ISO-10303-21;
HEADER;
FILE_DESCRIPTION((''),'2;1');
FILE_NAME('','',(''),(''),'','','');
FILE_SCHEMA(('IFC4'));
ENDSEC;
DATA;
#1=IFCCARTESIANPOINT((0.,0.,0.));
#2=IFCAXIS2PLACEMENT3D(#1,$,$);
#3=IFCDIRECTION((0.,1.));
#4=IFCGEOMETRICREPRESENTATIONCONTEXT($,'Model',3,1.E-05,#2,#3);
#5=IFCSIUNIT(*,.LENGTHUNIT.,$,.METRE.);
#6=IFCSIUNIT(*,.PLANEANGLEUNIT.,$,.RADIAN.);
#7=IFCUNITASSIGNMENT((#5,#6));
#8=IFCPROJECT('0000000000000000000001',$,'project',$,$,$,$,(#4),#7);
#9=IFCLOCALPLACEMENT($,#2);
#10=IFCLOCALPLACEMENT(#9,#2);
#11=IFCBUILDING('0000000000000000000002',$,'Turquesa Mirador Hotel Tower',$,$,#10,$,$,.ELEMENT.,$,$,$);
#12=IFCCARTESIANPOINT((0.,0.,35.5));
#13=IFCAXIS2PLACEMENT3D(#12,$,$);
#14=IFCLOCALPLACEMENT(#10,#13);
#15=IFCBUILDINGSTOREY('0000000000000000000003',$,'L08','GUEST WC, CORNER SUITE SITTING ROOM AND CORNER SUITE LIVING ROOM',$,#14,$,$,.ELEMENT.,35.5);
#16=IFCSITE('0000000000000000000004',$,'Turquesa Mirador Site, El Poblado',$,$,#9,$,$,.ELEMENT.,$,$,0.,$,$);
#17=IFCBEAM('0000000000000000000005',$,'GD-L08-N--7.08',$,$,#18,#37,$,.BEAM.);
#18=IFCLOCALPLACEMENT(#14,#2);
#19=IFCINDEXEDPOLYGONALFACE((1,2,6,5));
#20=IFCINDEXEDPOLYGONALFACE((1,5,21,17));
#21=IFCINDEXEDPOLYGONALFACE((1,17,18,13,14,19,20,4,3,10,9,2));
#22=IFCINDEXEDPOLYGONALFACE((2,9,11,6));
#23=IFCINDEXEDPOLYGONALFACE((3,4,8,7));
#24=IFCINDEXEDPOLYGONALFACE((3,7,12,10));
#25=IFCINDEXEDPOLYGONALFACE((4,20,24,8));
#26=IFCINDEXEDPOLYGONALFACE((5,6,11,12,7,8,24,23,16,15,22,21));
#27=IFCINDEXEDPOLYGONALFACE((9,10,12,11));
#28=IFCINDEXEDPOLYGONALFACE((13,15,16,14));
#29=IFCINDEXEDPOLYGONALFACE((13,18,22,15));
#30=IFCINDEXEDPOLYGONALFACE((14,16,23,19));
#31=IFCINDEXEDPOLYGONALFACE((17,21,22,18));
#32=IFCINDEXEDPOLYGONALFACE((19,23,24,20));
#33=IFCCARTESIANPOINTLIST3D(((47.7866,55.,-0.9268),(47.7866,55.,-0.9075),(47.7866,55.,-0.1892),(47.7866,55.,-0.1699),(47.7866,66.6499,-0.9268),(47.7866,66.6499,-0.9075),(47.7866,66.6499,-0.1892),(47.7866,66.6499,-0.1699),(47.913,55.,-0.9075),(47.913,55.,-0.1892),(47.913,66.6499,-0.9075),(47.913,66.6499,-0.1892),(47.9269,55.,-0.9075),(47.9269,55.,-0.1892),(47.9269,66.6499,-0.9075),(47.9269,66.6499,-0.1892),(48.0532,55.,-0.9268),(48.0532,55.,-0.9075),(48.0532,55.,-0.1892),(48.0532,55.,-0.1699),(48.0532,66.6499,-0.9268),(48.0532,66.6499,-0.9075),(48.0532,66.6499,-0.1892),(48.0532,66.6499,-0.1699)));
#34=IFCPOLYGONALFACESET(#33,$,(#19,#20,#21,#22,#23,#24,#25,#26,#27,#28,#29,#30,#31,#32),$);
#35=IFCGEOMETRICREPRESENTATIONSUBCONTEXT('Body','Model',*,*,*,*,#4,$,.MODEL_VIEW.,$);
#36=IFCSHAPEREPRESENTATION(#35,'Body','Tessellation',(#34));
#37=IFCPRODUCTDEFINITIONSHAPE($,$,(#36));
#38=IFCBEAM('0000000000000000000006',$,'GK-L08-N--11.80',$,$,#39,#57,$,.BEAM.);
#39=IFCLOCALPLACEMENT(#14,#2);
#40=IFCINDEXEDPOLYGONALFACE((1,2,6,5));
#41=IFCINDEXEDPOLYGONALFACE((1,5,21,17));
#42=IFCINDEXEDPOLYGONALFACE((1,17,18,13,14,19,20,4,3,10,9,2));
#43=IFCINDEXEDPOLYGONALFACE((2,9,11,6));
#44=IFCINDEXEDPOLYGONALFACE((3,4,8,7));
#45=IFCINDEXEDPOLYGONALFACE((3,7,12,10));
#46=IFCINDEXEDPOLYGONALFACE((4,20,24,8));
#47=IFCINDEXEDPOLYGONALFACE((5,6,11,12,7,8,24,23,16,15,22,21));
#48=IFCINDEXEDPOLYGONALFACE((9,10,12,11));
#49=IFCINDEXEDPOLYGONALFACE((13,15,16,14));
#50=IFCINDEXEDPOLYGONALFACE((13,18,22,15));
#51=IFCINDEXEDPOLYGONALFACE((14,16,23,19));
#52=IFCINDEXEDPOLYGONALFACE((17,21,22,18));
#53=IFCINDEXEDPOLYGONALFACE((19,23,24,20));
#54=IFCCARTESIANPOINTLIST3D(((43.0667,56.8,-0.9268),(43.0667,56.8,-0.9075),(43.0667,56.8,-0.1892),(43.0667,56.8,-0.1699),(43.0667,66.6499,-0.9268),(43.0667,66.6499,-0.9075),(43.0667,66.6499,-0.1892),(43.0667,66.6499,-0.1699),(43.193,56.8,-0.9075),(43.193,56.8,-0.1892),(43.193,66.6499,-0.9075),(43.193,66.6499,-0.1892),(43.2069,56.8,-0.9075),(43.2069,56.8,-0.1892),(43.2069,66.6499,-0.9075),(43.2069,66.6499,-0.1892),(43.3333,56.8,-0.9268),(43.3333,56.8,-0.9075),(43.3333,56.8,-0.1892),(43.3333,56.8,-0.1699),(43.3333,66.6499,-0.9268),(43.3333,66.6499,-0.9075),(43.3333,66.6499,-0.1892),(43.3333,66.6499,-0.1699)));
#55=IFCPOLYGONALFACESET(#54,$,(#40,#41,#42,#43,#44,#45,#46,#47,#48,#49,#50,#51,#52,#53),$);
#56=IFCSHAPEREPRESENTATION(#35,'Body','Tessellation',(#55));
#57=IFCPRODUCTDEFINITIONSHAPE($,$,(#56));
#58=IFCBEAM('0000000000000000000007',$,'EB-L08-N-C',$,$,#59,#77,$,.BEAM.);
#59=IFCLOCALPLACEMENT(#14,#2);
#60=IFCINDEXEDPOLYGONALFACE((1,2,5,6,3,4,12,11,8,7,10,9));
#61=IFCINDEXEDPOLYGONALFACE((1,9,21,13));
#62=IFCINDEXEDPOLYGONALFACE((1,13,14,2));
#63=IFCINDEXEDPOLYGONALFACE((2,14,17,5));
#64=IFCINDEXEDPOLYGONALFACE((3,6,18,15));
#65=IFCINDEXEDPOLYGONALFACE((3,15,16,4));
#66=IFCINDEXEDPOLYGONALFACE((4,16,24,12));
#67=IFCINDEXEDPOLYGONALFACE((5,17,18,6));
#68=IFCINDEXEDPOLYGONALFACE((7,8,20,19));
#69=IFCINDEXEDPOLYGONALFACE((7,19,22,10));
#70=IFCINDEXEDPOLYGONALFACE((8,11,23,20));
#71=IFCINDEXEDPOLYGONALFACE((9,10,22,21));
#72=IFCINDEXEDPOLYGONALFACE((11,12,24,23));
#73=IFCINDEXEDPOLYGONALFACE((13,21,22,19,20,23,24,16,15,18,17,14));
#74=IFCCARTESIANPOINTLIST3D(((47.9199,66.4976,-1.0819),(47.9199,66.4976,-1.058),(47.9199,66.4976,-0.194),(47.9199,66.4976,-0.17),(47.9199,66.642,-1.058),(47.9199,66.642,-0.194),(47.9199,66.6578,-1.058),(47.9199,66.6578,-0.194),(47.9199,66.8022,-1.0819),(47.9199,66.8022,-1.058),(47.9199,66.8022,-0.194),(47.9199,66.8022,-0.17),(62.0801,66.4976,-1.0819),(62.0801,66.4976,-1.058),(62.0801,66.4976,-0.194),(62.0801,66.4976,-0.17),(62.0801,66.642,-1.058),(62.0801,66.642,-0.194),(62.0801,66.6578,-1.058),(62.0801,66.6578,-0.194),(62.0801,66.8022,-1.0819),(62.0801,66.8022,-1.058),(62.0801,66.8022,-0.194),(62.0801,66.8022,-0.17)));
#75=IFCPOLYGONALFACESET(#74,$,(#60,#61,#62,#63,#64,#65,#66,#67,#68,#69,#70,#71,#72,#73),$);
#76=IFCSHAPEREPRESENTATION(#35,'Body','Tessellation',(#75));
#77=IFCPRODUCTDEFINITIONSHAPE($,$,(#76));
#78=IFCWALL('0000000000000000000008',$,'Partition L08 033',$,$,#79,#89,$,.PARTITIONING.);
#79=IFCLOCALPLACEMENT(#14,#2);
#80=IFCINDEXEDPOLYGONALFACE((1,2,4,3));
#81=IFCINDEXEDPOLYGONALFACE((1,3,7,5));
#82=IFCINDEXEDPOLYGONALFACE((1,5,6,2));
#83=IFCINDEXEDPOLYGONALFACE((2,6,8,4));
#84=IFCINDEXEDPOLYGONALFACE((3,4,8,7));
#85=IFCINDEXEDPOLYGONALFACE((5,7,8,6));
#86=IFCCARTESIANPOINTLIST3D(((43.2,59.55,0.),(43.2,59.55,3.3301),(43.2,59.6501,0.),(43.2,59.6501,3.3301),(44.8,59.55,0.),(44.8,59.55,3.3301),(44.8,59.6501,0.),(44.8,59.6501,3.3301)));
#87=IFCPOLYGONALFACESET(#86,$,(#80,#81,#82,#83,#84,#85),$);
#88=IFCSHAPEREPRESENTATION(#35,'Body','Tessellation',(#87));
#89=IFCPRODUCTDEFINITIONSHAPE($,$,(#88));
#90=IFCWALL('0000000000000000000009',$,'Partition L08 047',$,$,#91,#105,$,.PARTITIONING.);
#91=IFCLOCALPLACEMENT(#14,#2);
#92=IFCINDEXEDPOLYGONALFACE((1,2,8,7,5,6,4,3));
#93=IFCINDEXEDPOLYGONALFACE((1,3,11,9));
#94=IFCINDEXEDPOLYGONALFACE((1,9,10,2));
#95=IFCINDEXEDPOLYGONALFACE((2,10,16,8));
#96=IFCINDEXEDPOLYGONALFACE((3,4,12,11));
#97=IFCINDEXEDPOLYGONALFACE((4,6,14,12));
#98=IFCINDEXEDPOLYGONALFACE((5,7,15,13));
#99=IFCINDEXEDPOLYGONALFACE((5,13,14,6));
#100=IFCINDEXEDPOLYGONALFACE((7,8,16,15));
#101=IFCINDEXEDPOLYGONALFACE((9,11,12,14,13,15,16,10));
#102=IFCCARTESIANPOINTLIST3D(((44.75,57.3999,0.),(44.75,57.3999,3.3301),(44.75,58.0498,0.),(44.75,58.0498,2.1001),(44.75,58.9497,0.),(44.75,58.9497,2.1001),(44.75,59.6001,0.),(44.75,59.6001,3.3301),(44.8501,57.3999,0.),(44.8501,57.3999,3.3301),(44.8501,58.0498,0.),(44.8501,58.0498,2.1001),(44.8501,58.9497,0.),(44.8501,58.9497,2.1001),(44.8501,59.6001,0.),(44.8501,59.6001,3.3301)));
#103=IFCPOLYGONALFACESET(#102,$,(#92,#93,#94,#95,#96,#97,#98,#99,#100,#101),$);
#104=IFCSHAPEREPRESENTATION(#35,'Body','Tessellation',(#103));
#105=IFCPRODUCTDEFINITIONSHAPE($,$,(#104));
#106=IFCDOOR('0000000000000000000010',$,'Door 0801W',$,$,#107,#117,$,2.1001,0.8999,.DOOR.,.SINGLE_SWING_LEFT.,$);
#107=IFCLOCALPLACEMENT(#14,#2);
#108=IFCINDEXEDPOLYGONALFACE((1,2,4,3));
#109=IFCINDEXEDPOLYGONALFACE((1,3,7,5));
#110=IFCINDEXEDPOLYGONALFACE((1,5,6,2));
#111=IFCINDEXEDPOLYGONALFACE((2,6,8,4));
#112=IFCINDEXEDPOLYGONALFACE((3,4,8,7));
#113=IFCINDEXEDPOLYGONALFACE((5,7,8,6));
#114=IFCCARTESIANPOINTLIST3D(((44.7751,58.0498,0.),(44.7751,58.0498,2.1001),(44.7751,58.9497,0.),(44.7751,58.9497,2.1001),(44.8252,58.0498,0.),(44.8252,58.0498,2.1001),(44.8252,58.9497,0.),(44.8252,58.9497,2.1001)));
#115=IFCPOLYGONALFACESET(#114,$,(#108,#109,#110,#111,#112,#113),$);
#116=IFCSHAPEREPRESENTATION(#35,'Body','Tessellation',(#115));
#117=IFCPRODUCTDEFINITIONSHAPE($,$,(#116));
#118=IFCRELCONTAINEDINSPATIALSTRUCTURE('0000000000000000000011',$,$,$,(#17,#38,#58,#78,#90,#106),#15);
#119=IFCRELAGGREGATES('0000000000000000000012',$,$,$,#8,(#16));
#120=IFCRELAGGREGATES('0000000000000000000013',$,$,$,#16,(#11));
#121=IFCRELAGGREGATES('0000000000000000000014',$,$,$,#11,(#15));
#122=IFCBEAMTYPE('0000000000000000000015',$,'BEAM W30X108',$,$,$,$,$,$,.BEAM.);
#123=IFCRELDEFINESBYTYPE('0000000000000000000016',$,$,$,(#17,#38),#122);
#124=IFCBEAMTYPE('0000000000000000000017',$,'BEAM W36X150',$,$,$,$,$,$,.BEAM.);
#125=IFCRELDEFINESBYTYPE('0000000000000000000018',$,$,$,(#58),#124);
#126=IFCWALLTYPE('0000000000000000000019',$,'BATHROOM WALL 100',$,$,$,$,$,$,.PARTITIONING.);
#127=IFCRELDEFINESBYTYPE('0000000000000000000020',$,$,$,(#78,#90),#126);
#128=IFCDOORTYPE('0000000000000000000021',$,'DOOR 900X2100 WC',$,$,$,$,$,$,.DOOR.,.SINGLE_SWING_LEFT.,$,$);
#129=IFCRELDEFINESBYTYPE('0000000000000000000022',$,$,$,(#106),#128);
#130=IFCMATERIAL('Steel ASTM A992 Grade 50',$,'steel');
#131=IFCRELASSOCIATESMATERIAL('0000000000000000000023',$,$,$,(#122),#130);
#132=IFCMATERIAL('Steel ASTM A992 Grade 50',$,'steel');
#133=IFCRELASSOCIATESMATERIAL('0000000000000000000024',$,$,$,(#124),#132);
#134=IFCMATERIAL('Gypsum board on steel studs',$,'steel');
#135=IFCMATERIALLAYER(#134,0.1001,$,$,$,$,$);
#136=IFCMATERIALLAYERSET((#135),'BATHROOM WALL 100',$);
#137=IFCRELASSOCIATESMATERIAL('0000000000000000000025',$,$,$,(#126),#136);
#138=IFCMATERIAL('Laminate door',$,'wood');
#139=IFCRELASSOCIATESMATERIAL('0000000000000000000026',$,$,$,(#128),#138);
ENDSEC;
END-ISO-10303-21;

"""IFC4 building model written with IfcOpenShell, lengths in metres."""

from ifc_helpers import new_model, si_unit, direction, frame, frame_2d, origin, origin_2d, place, context, subcontext, project, spatial, rectangle, i_section, extrude, material, layer, layer_set, material_profile, profile_set, type_object, element, fill, save


model = new_model("IFC4")

# Units and contexts
model_context = context("Model", 3, precision=1e-05, world=origin(), true_north=direction((0.0, 1.0)))
body_context = subcontext(model_context, "Body", "Model", "MODEL_VIEW")
ifc_project = project(units=[si_unit("LENGTHUNIT", "METRE"), si_unit("PLANEANGLEUNIT", "RADIAN")], contexts=[model_context])

# Site, building, storey
site_placement = place(None, origin())
site = spatial("IfcSite", under=ifc_project, at=site_placement, Name="Turquesa Mirador Site, El Poblado", CompositionType="ELEMENT", RefElevation=0.0)
building_placement = place(site_placement, origin())
building = spatial("IfcBuilding", under=site, at=building_placement, Name="Turquesa Mirador Hotel Tower", CompositionType="ELEMENT")
storey_placement = place(building_placement, frame((0.0, 0.0, 35.5)))
storey = spatial("IfcBuildingStorey", under=building, at=storey_placement, Name="L08", Description="GUEST WC, CORNER SUITE SITTING ROOM AND CORNER SUITE LIVING ROOM", CompositionType="ELEMENT", Elevation=35.5)

# Beams
ifc_material_1 = material(Name="Steel ASTM A992 Grade 50", Category="steel")
ifc_material_profile_1 = material_profile(ifc_material_1, i_section(OverallWidth=0.2666, OverallDepth=0.7568, WebThickness=0.0139, FlangeThickness=0.0193, at=origin_2d()), Name="W30X108")
ifc_profile_set_1 = profile_set([ifc_material_profile_1], Name="Steel ASTM A992 Grade 50")
beam_type_1 = type_object("IfcBeamType", Name="BEAM W30X108", PredefinedType="BEAM", material=ifc_profile_set_1)
beam_1_placement = place(storey_placement, frame((47.9199, 66.6499, -0.5483), z_axis=(0.0, -1.0, 0.0), x_axis=(1.0, 0.0, 0.0)))
element("IfcBeam", 1, at=beam_1_placement, inside=storey, type_object=beam_type_1, Name="GD-L08-N--7.08", PredefinedType="BEAM", context=body_context, shape_type="SweptSolid", body=[
    extrude(i_section(OverallWidth=0.2666, OverallDepth=0.7568, WebThickness=0.0139, FlangeThickness=0.0193, at=origin_2d()), origin(), (0.0, 0.0, 1.0), 11.6499),
])
beam_2_placement = place(storey_placement, frame((43.2, 66.6499, -0.5483), z_axis=(0.0, -1.0, 0.0), x_axis=(1.0, 0.0, 0.0)))
element("IfcBeam", 2, at=beam_2_placement, inside=storey, type_object=beam_type_1, Name="GK-L08-N--11.80", PredefinedType="BEAM", context=body_context, shape_type="SweptSolid", body=[
    extrude(i_section(OverallWidth=0.2666, OverallDepth=0.7568, WebThickness=0.0139, FlangeThickness=0.0193, at=origin_2d()), origin(), (0.0, 0.0, 1.0), 9.8499),
])
ifc_material_2 = material(Name="Steel ASTM A992 Grade 50", Category="steel")
ifc_material_profile_2 = material_profile(ifc_material_2, i_section(OverallWidth=0.3047, OverallDepth=0.9119, WebThickness=0.0159, FlangeThickness=0.0239, at=origin_2d()), Name="W36X150")
ifc_profile_set_2 = profile_set([ifc_material_profile_2], Name="Steel ASTM A992 Grade 50")
beam_type_2 = type_object("IfcBeamType", Name="BEAM W36X150", PredefinedType="BEAM", material=ifc_profile_set_2)
beam_3_placement = place(storey_placement, frame((47.9199, 66.6499, -0.626), z_axis=(1.0, 0.0, 0.0), x_axis=(0.0, 1.0, 0.0)))
element("IfcBeam", 3, at=beam_3_placement, inside=storey, type_object=beam_type_2, Name="EB-L08-N-C", PredefinedType="BEAM", context=body_context, shape_type="SweptSolid", body=[
    extrude(i_section(OverallWidth=0.3047, OverallDepth=0.9119, WebThickness=0.0159, FlangeThickness=0.0239, at=origin_2d()), origin(), (0.0, 0.0, 1.0), 14.1602),
])

# Wall
ifc_material_3 = material(Name="Gypsum board on steel studs", Category="steel")
ifc_layer_1 = layer(ifc_material_3, 0.1001)
ifc_layer_set_1 = layer_set([ifc_layer_1], Name="BATHROOM WALL 100")
wall_type_1 = type_object("IfcWallType", Name="BATHROOM WALL 100", PredefinedType="PARTITIONING", material=ifc_layer_set_1)
wall_1_placement = place(storey_placement, frame((43.2, 59.6001, 0.0), z_axis=(0.0, 0.0, 1.0), x_axis=(1.0, 0.0, 0.0)))
element("IfcWall", 4, at=wall_1_placement, inside=storey, type_object=wall_type_1, Name="Partition L08 033", PredefinedType="PARTITIONING", context=body_context, shape_type="SweptSolid", body=[
    extrude(rectangle(XDim=1.6001, YDim=0.1001, at=frame_2d((0.8, 0.0))), origin(), (0.0, 0.0, 1.0), 3.3301),
])

# Wall, opening, door
wall_2_placement = place(storey_placement, frame((44.8, 57.3999, 0.0), z_axis=(0.0, 0.0, 1.0), x_axis=(0.0, 1.0, 0.0)))
wall_2 = element("IfcWall", 5, at=wall_2_placement, inside=storey, type_object=wall_type_1, Name="Partition L08 047", PredefinedType="PARTITIONING", context=body_context, shape_type="SweptSolid", body=[
    extrude(rectangle(XDim=2.2002, YDim=0.1001, at=frame_2d((1.1001, 0.0))), origin(), (0.0, 0.0, 1.0), 3.3301),
])
opening_1_placement = place(wall_2_placement, frame((0.6499, 0.0, 0.0)))
opening_1 = element("IfcOpeningElement", 6, at=opening_1_placement, cuts=wall_2, PredefinedType="OPENING", context=body_context, shape_type="SweptSolid", body=[
    extrude(rectangle(XDim=0.8999, YDim=2.1001, at=frame_2d((0.45, 1.05))), frame((0.0, 0.0601, 0.0), z_axis=(0.0, -1.0, 0.0), x_axis=(1.0, 0.0, 0.0)), (0.0, 0.0, 1.0), 0.1201),
])
ifc_material_4 = material(Name="Laminate door", Category="wood")
door_type_1 = type_object("IfcDoorType", Name="DOOR 900X2100 WC", OperationType="SINGLE_SWING_LEFT", PredefinedType="DOOR", material=ifc_material_4)
door_1_placement = place(opening_1_placement, origin())
door_1 = element("IfcDoor", 7, at=door_1_placement, inside=storey, type_object=door_type_1, Name="Door 0801W", OperationType="SINGLE_SWING_LEFT", OverallHeight=2.1001, OverallWidth=0.8999, PredefinedType="DOOR", context=body_context, shape_type="SweptSolid", body=[
    extrude(rectangle(XDim=0.8999, YDim=2.1001, at=frame_2d((0.45, 1.05))), frame((0.0, 0.0249, 0.0), z_axis=(0.0, -1.0, 0.0), x_axis=(1.0, 0.0, 0.0)), (0.0, 0.0, 1.0), 0.05),
])
fill(opening_1, door_1)

save(model, "model.ifc")
